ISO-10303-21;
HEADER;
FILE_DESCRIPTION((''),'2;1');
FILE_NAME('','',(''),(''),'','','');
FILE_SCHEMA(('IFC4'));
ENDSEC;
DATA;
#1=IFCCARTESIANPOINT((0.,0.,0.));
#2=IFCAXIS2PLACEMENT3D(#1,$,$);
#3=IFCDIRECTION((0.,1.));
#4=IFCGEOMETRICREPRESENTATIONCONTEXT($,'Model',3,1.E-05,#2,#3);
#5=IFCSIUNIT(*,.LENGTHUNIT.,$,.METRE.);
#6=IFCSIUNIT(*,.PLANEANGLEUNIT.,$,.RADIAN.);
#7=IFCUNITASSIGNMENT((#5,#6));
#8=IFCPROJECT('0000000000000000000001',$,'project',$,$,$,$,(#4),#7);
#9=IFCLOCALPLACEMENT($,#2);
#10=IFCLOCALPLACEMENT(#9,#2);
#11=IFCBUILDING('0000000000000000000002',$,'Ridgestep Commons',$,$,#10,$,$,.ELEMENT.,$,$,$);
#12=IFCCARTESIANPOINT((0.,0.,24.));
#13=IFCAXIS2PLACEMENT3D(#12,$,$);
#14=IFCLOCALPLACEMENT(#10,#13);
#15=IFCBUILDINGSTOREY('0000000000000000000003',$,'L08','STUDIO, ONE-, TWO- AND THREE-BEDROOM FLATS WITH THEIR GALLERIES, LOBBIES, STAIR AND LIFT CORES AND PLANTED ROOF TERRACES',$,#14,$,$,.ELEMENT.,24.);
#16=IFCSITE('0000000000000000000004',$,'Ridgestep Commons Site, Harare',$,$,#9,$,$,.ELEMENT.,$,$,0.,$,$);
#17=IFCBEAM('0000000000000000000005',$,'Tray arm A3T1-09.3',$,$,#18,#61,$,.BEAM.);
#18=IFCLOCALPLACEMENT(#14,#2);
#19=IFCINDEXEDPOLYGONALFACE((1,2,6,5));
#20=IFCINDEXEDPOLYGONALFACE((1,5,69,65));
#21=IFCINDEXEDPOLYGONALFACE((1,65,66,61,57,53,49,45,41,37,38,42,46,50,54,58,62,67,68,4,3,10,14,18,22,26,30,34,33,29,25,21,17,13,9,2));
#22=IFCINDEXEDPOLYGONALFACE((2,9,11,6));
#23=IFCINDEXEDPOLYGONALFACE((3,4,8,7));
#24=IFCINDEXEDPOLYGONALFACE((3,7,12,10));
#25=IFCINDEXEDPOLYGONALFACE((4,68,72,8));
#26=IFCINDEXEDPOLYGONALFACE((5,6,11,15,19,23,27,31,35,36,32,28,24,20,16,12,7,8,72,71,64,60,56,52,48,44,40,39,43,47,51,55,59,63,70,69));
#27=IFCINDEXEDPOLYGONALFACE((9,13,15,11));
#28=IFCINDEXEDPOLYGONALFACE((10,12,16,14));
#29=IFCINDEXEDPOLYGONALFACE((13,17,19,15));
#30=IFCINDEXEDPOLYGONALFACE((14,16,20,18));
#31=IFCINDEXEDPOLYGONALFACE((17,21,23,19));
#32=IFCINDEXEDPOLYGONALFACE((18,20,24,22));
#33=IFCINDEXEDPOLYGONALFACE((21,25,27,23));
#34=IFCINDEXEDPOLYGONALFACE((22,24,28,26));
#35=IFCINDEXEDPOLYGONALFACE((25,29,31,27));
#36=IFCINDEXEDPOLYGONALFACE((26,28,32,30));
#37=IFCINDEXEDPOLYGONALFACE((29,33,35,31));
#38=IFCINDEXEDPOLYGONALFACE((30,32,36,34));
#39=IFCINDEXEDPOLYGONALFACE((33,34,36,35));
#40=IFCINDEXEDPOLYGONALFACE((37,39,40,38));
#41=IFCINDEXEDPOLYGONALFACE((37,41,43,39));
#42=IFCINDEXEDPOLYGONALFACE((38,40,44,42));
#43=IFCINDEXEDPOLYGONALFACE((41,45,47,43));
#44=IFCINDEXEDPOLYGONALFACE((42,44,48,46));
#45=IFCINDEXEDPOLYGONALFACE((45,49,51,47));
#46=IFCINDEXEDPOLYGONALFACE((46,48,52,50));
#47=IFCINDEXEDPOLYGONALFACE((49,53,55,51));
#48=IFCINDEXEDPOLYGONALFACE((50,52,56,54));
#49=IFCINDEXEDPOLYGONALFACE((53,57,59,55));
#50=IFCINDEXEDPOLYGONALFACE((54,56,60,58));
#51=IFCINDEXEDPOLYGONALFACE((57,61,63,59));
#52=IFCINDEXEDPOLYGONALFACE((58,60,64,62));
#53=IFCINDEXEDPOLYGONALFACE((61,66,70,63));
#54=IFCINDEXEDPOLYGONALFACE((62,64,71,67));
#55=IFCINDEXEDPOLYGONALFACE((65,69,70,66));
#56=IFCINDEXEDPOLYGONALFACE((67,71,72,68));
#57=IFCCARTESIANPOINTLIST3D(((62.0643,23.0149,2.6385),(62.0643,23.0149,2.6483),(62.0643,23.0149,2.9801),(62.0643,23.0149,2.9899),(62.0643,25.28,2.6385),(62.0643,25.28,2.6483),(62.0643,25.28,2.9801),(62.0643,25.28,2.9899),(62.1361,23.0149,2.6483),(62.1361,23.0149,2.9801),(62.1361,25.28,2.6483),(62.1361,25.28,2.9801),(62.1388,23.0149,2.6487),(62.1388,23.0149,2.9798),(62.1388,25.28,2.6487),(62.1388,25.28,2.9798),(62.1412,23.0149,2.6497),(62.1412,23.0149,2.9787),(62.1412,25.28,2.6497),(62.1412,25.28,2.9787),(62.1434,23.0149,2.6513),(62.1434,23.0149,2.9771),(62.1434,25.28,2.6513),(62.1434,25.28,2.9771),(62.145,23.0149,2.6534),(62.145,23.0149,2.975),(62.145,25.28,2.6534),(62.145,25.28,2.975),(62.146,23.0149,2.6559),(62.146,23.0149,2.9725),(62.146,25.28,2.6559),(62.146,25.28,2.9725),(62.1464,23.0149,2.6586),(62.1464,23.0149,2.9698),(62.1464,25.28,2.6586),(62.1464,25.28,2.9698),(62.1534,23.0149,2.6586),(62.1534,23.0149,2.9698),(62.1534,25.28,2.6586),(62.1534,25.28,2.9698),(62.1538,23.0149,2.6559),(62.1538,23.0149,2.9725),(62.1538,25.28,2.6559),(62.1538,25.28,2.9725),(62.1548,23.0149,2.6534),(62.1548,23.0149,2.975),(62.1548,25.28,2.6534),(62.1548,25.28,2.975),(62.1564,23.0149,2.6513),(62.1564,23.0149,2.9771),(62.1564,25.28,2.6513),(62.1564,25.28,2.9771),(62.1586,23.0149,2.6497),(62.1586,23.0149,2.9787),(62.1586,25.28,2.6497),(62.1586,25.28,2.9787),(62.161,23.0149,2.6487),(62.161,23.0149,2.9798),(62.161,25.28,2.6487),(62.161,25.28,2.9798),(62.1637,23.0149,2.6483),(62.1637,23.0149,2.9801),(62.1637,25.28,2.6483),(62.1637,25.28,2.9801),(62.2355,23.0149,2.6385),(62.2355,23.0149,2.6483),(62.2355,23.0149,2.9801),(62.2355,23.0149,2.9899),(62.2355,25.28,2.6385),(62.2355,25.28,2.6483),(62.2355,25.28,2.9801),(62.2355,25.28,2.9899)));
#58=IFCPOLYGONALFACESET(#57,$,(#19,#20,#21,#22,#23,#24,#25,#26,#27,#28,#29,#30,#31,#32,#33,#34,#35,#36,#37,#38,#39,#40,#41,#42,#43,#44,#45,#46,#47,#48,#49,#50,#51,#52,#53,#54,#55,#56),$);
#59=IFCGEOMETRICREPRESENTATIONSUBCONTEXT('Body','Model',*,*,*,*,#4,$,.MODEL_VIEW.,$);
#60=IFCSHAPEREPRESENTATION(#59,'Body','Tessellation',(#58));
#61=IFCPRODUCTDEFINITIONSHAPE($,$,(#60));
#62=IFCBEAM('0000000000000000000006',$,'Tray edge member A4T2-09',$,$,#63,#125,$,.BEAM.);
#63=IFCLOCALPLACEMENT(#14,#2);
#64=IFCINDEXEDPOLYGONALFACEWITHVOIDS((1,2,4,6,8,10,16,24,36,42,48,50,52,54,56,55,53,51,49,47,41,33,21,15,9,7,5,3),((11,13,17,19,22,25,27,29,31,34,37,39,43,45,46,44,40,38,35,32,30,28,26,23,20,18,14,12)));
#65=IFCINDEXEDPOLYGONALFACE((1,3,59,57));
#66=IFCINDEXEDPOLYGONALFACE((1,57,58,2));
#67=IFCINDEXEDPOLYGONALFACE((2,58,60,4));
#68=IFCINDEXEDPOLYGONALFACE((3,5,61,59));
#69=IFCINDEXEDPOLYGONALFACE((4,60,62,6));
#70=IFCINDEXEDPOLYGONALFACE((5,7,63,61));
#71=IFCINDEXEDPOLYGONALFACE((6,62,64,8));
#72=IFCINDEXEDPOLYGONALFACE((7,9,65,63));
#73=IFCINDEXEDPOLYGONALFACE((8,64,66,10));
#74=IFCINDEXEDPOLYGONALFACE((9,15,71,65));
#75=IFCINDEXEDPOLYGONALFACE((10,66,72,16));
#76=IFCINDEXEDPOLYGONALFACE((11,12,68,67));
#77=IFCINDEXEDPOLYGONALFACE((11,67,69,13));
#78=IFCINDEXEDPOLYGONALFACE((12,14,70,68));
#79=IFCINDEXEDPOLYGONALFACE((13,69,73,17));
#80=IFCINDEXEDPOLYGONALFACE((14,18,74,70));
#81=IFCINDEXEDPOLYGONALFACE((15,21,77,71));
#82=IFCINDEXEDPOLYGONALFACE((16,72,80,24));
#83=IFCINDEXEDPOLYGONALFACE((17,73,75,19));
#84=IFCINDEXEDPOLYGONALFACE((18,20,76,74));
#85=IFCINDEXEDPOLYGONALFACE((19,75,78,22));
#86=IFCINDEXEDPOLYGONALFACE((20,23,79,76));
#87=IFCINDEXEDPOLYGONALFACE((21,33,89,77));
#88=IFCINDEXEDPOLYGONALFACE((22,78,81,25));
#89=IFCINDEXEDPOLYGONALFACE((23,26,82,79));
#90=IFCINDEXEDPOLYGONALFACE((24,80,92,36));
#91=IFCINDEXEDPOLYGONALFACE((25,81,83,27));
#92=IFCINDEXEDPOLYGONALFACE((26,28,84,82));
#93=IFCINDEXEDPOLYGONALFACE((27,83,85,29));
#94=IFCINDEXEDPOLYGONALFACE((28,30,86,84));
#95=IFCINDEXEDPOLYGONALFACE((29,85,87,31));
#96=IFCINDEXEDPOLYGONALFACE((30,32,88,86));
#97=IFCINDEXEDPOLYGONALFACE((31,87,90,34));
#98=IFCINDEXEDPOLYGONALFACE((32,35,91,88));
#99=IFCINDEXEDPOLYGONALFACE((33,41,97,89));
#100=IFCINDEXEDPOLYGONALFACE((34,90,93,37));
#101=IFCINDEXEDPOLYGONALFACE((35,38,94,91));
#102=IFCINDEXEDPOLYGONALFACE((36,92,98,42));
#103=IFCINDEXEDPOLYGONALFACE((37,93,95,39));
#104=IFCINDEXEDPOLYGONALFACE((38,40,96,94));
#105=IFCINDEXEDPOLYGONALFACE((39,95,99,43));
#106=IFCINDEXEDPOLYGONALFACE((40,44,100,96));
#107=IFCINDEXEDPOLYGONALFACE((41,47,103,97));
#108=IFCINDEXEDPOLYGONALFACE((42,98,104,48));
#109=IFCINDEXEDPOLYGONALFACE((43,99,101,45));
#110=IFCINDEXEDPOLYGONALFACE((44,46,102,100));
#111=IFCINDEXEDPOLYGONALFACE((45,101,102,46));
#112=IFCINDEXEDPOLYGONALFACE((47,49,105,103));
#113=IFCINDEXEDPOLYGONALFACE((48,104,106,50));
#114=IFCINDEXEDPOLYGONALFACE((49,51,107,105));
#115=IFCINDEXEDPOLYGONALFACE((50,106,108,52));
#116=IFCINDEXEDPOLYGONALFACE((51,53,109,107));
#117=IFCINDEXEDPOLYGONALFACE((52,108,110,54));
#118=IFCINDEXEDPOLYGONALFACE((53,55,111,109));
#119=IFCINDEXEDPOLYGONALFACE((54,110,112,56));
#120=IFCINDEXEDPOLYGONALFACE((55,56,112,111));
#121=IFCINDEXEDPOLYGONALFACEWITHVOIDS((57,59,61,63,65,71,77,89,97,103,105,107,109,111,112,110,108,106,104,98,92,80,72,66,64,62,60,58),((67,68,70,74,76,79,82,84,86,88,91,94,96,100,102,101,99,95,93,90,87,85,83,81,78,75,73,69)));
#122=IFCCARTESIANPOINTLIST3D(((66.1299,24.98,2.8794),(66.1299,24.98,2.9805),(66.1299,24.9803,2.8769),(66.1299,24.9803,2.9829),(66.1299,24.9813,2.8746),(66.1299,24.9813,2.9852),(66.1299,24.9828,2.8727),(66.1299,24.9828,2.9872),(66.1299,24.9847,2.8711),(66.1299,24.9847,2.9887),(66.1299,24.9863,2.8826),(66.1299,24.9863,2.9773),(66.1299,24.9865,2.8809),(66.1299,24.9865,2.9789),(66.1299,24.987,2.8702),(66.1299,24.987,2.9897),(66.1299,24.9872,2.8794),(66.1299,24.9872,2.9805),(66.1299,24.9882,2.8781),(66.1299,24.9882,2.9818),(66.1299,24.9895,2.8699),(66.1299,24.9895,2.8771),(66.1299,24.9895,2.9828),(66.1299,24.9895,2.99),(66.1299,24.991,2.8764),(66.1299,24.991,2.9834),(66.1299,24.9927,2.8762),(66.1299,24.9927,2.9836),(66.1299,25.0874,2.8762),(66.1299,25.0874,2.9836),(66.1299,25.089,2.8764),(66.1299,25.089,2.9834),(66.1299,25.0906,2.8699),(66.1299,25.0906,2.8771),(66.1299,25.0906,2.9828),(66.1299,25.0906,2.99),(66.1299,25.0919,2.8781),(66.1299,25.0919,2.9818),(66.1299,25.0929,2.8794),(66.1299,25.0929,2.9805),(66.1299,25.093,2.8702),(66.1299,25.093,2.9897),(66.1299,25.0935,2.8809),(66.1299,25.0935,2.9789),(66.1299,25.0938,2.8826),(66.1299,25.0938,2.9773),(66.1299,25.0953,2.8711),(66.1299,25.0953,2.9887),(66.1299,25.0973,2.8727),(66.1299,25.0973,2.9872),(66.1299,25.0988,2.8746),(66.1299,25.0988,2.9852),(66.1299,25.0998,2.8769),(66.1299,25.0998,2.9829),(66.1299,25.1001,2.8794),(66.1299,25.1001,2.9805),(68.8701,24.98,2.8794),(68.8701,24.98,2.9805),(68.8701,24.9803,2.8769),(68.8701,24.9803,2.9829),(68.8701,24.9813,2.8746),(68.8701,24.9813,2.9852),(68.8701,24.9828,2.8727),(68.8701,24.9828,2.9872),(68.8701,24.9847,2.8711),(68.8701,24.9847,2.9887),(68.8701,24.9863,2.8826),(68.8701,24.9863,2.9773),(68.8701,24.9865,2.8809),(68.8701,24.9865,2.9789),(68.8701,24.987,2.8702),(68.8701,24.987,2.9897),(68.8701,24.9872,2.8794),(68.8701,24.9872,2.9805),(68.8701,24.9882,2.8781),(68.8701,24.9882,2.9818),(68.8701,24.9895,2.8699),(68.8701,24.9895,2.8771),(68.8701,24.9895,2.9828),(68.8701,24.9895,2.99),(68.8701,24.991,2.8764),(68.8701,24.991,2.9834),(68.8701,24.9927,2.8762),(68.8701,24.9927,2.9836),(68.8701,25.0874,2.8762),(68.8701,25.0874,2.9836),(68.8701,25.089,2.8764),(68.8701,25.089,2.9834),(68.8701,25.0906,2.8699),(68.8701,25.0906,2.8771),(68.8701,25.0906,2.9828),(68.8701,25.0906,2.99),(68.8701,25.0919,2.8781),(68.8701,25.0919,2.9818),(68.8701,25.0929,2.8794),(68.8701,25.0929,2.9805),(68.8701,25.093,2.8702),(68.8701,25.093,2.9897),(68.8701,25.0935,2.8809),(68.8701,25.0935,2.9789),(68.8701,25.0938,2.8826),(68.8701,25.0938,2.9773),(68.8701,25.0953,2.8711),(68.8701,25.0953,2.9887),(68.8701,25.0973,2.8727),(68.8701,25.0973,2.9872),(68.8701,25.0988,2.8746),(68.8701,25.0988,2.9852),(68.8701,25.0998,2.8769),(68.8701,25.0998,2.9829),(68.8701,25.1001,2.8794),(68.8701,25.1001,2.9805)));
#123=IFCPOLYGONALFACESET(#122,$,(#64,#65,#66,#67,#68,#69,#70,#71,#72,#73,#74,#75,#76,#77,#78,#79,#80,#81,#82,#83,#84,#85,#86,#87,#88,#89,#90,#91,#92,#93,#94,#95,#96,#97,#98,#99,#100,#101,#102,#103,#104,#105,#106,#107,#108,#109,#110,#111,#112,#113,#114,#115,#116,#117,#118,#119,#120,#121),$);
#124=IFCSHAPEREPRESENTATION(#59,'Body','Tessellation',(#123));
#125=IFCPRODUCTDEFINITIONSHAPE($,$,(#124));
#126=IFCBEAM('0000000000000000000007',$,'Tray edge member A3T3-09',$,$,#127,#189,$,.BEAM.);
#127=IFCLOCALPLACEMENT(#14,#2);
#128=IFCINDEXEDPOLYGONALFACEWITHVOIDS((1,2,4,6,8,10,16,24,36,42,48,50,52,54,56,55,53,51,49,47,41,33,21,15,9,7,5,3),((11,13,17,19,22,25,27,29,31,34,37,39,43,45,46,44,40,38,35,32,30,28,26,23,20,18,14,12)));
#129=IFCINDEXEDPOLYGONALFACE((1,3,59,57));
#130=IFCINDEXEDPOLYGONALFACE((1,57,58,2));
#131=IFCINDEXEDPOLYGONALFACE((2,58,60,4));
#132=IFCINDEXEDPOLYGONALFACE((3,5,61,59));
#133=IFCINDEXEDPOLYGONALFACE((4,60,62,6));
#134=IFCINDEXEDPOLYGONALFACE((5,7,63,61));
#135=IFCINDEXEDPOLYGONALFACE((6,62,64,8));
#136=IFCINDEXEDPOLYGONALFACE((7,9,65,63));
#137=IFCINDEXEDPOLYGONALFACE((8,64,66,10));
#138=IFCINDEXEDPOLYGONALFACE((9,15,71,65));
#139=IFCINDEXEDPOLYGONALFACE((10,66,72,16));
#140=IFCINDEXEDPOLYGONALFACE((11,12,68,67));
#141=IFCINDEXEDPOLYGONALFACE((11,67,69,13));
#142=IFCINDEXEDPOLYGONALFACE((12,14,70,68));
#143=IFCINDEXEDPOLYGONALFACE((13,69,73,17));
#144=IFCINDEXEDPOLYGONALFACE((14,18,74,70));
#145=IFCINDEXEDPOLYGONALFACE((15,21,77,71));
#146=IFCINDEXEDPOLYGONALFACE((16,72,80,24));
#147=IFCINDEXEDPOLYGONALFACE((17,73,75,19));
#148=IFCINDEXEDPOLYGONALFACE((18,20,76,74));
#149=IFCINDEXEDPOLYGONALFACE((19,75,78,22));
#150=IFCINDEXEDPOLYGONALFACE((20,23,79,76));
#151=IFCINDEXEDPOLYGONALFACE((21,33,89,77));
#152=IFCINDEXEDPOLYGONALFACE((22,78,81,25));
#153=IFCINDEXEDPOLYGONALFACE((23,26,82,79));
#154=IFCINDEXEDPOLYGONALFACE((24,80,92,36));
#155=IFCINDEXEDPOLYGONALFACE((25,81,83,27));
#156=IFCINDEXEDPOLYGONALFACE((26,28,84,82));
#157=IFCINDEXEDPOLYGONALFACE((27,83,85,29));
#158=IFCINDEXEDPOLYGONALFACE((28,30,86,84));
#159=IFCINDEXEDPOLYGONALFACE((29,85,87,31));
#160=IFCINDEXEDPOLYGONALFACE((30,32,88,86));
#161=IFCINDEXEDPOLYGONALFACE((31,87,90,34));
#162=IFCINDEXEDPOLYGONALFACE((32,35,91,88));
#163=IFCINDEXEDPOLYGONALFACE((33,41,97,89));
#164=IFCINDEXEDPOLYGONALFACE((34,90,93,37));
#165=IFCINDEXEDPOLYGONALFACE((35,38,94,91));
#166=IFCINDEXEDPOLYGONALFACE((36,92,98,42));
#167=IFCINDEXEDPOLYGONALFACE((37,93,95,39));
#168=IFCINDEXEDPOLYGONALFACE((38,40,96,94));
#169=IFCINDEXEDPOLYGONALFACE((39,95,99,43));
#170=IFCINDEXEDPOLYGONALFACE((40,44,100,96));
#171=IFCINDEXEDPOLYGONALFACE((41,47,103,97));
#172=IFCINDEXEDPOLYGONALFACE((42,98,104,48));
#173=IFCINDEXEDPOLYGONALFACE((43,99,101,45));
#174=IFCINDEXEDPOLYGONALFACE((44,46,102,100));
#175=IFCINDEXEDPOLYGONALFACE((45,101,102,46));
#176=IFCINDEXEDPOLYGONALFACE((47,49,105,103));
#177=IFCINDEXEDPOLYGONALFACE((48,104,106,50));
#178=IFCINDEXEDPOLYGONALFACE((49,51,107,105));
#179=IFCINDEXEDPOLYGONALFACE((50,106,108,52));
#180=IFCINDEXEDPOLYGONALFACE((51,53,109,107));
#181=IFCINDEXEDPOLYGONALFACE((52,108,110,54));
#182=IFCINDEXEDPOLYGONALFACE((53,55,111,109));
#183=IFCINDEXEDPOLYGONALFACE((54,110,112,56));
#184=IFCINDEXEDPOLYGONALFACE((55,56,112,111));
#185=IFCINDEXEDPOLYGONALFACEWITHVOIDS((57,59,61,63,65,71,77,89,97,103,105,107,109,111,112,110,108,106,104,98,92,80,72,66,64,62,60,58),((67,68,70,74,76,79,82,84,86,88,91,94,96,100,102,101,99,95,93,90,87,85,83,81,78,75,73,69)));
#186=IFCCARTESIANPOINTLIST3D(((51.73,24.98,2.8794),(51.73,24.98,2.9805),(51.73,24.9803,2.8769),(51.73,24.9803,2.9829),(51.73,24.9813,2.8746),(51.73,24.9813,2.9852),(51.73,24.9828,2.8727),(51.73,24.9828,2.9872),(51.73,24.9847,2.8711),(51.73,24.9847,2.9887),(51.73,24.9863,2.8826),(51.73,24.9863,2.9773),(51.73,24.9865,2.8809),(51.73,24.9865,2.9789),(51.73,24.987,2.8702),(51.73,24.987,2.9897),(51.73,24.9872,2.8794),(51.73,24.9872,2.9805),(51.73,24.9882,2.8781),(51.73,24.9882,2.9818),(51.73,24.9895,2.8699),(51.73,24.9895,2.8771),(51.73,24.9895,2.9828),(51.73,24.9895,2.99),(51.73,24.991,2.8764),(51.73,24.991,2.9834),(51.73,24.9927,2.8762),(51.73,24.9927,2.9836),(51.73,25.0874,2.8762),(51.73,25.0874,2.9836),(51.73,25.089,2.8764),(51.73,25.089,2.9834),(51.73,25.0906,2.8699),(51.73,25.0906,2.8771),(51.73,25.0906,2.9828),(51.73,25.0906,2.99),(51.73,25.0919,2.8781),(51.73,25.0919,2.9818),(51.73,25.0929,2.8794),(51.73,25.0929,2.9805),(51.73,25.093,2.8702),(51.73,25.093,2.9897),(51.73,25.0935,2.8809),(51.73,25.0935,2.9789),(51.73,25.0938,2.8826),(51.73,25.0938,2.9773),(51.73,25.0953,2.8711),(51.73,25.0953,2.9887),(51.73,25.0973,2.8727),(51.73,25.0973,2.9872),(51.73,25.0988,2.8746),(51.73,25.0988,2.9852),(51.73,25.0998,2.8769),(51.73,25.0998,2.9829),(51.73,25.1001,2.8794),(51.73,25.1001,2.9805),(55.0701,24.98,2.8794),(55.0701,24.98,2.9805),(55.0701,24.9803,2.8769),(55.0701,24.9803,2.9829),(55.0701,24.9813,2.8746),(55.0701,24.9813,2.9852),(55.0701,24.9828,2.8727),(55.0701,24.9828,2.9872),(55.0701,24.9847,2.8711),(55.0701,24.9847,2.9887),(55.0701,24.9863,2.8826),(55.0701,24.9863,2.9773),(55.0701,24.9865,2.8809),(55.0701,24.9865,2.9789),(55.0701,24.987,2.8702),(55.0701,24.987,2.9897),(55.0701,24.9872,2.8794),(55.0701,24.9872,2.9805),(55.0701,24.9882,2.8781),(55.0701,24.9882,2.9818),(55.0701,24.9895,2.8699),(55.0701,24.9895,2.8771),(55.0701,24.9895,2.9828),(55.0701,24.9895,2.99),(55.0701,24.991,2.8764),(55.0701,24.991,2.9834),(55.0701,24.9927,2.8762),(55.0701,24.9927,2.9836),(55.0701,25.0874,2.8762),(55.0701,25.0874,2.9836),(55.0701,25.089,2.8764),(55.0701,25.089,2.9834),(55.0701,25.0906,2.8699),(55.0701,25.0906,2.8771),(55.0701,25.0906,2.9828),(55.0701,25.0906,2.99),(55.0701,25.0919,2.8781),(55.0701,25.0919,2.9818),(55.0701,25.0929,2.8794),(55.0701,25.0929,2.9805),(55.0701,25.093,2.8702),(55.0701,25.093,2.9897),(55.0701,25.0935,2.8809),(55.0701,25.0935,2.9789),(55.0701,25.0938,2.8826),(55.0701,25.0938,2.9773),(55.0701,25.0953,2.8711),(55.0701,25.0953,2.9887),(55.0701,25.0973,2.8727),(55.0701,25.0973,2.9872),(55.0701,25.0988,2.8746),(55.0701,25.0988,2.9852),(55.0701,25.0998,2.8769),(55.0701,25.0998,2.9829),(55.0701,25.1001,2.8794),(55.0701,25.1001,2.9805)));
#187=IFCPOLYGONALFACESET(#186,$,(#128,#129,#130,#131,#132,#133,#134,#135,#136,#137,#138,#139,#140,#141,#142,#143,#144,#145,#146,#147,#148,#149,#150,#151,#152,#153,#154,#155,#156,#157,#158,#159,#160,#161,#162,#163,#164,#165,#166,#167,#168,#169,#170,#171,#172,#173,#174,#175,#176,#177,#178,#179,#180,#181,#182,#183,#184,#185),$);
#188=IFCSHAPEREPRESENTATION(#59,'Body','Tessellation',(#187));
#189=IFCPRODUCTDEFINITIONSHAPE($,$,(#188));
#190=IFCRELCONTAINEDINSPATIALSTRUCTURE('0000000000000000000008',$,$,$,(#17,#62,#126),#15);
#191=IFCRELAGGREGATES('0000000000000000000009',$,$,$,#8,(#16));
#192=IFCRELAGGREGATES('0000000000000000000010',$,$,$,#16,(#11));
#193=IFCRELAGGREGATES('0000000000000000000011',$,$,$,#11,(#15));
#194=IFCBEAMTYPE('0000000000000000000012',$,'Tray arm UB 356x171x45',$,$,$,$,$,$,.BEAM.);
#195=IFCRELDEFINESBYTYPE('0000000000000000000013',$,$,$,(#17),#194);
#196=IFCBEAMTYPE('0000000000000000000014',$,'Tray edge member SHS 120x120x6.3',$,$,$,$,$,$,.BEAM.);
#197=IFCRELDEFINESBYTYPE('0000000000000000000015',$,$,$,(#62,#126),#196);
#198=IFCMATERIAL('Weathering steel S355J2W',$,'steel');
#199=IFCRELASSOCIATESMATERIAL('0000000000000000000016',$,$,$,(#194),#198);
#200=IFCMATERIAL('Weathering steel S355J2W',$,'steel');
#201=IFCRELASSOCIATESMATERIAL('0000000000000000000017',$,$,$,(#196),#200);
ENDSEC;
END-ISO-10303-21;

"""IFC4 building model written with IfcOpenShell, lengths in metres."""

from ifc_helpers import new_model, si_unit, direction, frame, origin, origin_2d, place, context, subcontext, project, spatial, hollow_rectangle, i_section, extrude, material, material_profile, profile_set, type_object, element, save


model = new_model("IFC4")

# Units and contexts
model_context = context("Model", 3, precision=1e-05, world=origin(), true_north=direction((0.0, 1.0)))
body_context = subcontext(model_context, "Body", "Model", "MODEL_VIEW")
ifc_project = project(units=[si_unit("LENGTHUNIT", "METRE"), si_unit("PLANEANGLEUNIT", "RADIAN")], contexts=[model_context])

# Site, building, storey
site_placement = place(None, origin())
site = spatial("IfcSite", under=ifc_project, at=site_placement, Name="Ridgestep Commons Site, Harare", CompositionType="ELEMENT", RefElevation=0.0)
building_placement = place(site_placement, origin())
building = spatial("IfcBuilding", under=site, at=building_placement, Name="Ridgestep Commons", CompositionType="ELEMENT")
storey_placement = place(building_placement, frame((0.0, 0.0, 24.0)))
storey = spatial("IfcBuildingStorey", under=building, at=storey_placement, Name="L08", Description="STUDIO, ONE-, TWO- AND THREE-BEDROOM FLATS WITH THEIR GALLERIES, LOBBIES, STAIR AND LIFT CORES AND PLANTED ROOF TERRACES", CompositionType="ELEMENT", Elevation=24.0)

# Beams
ifc_material_1 = material(Name="Weathering steel S355J2W", Category="steel")
ifc_material_profile_1 = material_profile(ifc_material_1, i_section(OverallWidth=0.1711, OverallDepth=0.3513, WebThickness=0.0071, FlangeThickness=0.0098, FilletRadius=0.0103, at=origin_2d()), Name="UB 356x171x45")
ifc_profile_set_1 = profile_set([ifc_material_profile_1], Name="Weathering steel S355J2W")
beam_type_1 = type_object("IfcBeamType", Name="Tray arm UB 356x171x45", PredefinedType="BEAM", material=ifc_profile_set_1)
for number, where, z_axis, x_axis, name in (
    (1, (62.1499, 23.0149, 2.8142), (0.0, 1.0, 0.0), (-1.0, 0.0, 0.0), "Tray arm A3T1-09.3"),
):
    element("IfcBeam", number, at=place(storey_placement, frame(where, z_axis=z_axis, x_axis=x_axis)), inside=storey, type_object=beam_type_1, Name=name, PredefinedType="BEAM", context=body_context, shape_type="SweptSolid", body=[
        extrude(i_section(OverallWidth=0.1711, OverallDepth=0.3513, WebThickness=0.0071, FlangeThickness=0.0098, FilletRadius=0.0103, at=origin_2d()), origin(), (0.0, 0.0, 1.0), 2.2651),
    ])
ifc_material_2 = material(Name="Weathering steel S355J2W", Category="steel")
ifc_material_profile_2 = material_profile(ifc_material_2, hollow_rectangle(XDim=0.1201, YDim=0.1201, WallThickness=0.0063, InnerFilletRadius=0.0063, OuterFilletRadius=0.0095, at=origin_2d()), Name="SHS 120x120x6.3")
ifc_profile_set_2 = profile_set([ifc_material_profile_2], Name="Weathering steel S355J2W")
beam_type_2 = type_object("IfcBeamType", Name="Tray edge member SHS 120x120x6.3", PredefinedType="BEAM", material=ifc_profile_set_2)
beam_1_placement = place(storey_placement, frame((66.1299, 25.04, 2.9299), z_axis=(1.0, 0.0, 0.0), x_axis=(0.0, 0.0, 1.0)))
element("IfcBeam", 2, at=beam_1_placement, inside=storey, type_object=beam_type_2, Name="Tray edge member A4T2-09", PredefinedType="BEAM", context=body_context, shape_type="SweptSolid", body=[
    extrude(hollow_rectangle(XDim=0.1201, YDim=0.1201, WallThickness=0.0063, InnerFilletRadius=0.0063, OuterFilletRadius=0.0095, at=origin_2d()), origin(), (0.0, 0.0, 1.0), 2.7402),
])
beam_2_placement = place(storey_placement, frame((51.73, 25.04, 2.9299), z_axis=(1.0, 0.0, 0.0), x_axis=(0.0, 0.0, 1.0)))
element("IfcBeam", 3, at=beam_2_placement, inside=storey, type_object=beam_type_2, Name="Tray edge member A3T3-09", PredefinedType="BEAM", context=body_context, shape_type="SweptSolid", body=[
    extrude(hollow_rectangle(XDim=0.1201, YDim=0.1201, WallThickness=0.0063, InnerFilletRadius=0.0063, OuterFilletRadius=0.0095, at=origin_2d()), origin(), (0.0, 0.0, 1.0), 3.3401),
])

save(model, "model.ifc")
